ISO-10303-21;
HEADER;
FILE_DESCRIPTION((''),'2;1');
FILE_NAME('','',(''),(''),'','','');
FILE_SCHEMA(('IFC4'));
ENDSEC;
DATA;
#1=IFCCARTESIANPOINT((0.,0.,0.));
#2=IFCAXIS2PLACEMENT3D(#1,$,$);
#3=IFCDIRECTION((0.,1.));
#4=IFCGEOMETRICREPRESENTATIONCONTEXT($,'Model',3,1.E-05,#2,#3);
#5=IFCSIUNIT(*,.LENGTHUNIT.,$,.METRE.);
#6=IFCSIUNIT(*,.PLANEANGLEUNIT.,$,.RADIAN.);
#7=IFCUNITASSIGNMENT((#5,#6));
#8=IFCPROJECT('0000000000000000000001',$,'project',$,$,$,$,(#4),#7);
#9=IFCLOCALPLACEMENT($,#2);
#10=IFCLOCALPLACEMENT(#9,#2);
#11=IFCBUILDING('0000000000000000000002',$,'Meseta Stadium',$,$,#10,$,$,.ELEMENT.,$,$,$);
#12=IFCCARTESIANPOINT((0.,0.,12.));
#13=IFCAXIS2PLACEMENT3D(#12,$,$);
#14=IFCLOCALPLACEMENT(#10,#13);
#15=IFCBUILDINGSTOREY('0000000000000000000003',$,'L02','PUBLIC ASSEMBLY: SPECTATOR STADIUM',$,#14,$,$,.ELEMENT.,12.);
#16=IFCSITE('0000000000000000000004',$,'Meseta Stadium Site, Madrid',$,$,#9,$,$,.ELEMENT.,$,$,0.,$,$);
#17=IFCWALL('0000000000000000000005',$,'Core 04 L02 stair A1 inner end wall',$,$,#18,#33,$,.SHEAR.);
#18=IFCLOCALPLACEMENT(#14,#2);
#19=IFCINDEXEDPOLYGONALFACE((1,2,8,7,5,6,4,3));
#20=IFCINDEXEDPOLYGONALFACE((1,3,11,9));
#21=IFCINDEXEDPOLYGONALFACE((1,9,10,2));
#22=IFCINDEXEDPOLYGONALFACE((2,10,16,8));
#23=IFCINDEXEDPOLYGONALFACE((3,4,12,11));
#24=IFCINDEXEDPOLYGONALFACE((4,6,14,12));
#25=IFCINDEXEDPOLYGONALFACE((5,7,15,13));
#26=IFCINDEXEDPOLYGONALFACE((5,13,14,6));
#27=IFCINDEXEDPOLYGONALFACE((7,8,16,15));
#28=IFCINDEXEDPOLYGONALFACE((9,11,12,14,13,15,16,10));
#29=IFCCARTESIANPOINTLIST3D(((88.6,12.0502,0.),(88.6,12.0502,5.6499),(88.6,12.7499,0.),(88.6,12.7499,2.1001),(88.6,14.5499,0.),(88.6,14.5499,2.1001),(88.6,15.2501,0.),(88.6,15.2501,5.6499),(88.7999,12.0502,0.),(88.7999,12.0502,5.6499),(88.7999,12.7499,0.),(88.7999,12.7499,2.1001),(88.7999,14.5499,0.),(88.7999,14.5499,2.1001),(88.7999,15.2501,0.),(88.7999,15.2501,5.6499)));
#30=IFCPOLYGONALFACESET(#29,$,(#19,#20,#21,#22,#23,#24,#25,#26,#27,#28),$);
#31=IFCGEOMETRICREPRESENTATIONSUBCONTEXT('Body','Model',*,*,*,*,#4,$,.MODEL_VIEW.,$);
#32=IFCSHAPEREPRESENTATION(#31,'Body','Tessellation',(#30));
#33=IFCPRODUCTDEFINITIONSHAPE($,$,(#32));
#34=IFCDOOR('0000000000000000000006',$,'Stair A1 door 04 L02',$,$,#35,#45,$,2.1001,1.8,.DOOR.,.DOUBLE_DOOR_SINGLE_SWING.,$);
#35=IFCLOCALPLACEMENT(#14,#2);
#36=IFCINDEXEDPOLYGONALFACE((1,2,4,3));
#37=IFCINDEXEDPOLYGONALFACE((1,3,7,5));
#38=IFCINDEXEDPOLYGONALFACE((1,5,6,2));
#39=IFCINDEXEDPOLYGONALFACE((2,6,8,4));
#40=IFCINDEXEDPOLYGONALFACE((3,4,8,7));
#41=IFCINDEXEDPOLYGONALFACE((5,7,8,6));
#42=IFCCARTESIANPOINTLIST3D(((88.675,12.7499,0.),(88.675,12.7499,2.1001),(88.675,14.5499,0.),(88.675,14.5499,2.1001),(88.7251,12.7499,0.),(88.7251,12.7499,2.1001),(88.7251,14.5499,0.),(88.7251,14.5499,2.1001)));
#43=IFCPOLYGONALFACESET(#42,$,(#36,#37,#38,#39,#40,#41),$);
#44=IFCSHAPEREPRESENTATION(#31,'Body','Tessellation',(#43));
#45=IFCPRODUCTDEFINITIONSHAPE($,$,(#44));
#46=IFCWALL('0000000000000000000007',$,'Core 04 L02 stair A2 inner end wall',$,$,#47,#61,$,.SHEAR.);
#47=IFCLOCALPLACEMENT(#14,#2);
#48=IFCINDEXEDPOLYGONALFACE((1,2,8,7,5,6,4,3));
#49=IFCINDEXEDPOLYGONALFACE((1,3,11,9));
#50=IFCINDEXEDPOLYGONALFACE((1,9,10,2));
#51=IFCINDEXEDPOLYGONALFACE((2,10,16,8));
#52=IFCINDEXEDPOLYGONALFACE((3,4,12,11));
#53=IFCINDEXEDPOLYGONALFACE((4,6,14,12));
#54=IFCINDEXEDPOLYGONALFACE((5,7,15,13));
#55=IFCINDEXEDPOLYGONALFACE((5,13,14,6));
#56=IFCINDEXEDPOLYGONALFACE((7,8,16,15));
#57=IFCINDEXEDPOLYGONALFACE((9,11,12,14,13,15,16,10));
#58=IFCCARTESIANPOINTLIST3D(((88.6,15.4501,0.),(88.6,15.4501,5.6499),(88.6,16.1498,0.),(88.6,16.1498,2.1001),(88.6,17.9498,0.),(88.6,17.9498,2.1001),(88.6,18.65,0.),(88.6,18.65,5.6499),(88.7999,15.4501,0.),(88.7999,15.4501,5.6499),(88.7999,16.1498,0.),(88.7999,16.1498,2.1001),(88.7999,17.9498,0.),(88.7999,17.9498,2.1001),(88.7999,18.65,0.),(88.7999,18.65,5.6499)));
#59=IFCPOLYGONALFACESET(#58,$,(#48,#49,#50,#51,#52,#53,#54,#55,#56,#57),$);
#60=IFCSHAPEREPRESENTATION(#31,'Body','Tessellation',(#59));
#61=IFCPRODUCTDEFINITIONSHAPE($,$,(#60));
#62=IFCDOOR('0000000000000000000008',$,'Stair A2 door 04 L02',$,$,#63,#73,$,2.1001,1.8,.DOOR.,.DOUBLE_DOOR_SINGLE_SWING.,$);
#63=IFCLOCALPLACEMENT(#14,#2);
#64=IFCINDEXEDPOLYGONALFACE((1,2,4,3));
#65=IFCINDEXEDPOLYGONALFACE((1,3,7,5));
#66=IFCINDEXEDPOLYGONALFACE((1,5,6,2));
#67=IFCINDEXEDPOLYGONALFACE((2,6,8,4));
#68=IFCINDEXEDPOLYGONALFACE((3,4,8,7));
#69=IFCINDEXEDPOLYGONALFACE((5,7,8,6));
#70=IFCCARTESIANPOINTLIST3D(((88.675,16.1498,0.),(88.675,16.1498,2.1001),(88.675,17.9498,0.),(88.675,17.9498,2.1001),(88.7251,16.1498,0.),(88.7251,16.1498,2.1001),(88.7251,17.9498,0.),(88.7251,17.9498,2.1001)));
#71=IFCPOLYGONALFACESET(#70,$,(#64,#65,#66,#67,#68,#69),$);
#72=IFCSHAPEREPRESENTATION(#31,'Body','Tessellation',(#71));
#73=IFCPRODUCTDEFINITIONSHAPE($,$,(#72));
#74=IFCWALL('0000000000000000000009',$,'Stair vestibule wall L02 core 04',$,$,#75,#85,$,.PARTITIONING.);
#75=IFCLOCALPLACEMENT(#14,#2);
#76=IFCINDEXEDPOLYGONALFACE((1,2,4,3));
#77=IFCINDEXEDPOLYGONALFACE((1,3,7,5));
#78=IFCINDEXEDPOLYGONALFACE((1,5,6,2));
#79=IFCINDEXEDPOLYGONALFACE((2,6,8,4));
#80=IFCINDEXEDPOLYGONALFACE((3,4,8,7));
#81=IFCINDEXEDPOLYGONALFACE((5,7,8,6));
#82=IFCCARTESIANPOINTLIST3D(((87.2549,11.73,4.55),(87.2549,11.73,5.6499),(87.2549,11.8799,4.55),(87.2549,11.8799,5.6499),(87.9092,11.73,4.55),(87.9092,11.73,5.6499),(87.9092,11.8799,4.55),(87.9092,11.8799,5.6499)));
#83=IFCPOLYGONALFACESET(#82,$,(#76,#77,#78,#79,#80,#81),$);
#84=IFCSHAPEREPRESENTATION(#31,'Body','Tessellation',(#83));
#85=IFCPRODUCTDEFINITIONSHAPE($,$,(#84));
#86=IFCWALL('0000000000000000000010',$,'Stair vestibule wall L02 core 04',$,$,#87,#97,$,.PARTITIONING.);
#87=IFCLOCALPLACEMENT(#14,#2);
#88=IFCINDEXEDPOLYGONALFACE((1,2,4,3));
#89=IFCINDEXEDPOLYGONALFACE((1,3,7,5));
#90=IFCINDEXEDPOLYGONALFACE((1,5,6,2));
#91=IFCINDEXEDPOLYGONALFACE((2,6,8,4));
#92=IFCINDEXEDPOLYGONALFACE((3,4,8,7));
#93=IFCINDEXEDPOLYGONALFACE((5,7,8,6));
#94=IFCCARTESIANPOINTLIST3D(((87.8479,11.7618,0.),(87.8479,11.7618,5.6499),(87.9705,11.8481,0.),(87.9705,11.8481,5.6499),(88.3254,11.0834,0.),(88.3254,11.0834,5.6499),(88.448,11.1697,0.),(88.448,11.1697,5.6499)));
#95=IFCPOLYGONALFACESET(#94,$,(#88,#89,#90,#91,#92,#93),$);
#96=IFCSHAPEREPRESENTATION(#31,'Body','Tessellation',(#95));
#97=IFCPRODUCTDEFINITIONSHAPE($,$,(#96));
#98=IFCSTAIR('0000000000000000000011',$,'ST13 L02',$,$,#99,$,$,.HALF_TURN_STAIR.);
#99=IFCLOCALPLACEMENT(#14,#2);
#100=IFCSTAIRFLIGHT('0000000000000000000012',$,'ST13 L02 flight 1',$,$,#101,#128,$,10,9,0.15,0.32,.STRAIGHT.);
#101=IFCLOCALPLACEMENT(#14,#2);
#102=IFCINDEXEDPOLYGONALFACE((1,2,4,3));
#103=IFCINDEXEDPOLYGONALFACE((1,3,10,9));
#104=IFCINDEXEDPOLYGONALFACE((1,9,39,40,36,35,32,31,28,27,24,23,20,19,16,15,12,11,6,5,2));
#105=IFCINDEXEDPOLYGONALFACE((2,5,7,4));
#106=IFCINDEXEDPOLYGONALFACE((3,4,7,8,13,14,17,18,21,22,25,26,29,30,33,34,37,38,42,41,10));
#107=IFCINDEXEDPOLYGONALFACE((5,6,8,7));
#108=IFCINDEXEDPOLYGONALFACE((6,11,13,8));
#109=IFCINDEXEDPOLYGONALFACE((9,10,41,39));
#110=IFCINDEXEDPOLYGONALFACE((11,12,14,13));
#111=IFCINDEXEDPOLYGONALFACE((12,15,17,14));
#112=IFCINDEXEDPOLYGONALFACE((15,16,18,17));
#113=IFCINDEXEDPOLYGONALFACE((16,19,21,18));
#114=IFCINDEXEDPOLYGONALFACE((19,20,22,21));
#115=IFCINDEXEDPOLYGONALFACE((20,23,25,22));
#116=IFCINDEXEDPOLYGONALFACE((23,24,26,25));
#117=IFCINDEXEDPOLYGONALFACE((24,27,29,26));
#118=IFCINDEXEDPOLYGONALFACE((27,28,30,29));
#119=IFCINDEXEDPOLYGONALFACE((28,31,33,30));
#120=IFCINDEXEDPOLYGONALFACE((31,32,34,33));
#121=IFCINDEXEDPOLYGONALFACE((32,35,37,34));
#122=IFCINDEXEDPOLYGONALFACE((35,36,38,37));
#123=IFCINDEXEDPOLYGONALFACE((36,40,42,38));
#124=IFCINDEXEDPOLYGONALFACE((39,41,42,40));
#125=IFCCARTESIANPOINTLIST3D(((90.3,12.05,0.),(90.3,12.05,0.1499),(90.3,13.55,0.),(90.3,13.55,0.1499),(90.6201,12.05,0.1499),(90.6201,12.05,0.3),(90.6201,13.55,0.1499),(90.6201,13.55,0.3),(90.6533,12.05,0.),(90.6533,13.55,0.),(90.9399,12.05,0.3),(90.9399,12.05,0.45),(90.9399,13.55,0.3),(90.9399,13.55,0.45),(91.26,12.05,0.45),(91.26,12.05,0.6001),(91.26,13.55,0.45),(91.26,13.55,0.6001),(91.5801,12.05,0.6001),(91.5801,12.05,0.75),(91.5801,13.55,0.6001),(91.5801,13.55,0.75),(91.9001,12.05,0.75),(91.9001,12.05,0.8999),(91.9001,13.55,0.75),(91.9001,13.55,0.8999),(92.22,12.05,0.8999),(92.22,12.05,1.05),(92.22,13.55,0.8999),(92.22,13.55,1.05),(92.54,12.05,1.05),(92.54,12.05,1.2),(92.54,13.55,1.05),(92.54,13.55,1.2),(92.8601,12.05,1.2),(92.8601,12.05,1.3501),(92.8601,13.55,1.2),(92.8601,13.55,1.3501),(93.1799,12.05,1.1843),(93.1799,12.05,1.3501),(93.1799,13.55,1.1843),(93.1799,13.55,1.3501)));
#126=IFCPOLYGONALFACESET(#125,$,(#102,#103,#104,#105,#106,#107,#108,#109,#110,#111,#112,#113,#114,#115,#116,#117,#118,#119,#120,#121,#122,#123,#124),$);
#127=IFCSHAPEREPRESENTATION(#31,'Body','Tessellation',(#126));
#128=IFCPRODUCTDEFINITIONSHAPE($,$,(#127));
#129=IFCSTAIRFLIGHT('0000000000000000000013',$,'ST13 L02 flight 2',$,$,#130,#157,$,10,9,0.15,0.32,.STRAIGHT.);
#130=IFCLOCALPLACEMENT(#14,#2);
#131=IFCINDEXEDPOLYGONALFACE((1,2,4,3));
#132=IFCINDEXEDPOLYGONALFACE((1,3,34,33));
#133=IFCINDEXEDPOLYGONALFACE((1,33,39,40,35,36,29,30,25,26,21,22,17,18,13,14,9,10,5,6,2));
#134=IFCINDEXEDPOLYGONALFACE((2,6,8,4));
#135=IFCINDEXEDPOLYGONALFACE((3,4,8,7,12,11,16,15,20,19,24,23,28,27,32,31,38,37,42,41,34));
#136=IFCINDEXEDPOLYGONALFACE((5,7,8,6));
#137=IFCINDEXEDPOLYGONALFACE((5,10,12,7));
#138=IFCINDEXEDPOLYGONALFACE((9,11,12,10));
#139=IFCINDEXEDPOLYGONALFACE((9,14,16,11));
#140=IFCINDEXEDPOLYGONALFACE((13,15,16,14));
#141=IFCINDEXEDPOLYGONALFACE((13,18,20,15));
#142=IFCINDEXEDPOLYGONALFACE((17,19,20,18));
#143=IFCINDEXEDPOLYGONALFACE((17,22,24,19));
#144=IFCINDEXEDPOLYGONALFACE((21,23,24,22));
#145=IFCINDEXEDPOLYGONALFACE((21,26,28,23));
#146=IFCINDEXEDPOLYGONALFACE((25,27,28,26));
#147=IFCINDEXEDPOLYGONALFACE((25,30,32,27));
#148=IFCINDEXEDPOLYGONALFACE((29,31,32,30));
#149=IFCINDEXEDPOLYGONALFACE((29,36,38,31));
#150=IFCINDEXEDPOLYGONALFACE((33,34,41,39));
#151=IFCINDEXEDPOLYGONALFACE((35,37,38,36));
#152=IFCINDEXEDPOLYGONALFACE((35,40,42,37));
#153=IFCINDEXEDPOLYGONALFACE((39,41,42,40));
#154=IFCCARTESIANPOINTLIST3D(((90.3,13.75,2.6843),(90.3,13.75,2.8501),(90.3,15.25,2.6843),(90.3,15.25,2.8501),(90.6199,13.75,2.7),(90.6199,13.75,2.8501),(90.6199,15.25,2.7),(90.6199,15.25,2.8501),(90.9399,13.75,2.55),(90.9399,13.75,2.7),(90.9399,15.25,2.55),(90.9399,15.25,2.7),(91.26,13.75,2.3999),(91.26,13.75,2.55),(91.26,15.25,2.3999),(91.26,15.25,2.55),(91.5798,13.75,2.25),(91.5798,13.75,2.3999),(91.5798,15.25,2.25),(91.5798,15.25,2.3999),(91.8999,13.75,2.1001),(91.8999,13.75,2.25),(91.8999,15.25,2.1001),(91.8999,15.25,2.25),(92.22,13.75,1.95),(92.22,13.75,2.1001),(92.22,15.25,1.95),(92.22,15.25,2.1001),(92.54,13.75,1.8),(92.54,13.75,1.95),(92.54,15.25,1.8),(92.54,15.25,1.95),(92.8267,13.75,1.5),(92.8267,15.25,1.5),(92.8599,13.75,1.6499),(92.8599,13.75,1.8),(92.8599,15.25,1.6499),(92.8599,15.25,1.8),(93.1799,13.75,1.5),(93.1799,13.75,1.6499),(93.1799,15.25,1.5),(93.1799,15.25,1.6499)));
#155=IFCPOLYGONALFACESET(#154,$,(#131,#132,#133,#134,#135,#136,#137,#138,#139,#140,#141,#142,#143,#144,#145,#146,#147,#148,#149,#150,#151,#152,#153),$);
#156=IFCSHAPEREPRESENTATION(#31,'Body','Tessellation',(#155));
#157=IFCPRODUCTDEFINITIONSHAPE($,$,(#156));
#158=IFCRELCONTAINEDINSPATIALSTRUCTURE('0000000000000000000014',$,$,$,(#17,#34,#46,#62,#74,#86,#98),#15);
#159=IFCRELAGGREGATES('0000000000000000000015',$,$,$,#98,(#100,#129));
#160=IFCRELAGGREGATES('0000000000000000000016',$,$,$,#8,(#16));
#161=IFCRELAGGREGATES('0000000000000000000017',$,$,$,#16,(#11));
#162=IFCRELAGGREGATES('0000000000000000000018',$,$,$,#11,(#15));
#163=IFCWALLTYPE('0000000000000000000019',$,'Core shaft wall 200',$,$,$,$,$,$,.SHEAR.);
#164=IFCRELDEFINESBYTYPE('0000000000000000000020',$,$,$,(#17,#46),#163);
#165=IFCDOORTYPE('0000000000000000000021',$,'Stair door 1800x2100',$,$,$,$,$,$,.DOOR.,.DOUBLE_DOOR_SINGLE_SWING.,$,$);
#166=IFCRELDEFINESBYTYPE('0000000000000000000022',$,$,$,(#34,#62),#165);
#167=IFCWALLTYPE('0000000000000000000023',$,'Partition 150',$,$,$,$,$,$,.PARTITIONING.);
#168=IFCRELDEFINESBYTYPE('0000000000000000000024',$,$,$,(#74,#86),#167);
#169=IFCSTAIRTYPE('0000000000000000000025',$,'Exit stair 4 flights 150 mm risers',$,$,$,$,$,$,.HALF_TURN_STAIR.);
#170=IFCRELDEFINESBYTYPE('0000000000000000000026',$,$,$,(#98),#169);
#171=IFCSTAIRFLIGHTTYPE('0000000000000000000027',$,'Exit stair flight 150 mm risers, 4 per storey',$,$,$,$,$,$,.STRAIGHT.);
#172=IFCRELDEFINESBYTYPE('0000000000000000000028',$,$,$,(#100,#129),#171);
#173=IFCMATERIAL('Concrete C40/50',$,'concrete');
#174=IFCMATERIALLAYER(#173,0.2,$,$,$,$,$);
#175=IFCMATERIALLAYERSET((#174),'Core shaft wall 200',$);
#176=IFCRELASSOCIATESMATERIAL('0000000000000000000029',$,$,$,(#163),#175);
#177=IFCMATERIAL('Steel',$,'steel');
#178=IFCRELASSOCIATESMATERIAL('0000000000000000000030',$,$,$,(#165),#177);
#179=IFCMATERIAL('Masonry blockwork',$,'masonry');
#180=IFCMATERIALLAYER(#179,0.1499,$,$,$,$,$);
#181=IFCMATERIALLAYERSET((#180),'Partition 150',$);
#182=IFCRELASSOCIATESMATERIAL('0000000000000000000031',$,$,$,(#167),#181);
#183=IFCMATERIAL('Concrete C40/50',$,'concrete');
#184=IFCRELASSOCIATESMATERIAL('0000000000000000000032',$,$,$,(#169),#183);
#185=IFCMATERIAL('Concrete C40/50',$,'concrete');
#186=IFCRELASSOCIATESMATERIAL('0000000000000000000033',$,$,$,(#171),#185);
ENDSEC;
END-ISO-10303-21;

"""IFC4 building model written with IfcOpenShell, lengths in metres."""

from ifc_helpers import new_model, si_unit, direction, frame, frame_2d, origin, place, context, subcontext, project, spatial, polyline, rectangle, outline, extrude, material, layer, layer_set, type_object, element, fill, aggregate, save


model = new_model("IFC4")

# Units and contexts
model_context = context("Model", 3, precision=1e-05, world=origin(), true_north=direction((0.0, 1.0)))
body_context = subcontext(model_context, "Body", "Model", "MODEL_VIEW")
ifc_project = project(units=[si_unit("LENGTHUNIT", "METRE"), si_unit("PLANEANGLEUNIT", "RADIAN")], contexts=[model_context])

# Site, building, storey
site_placement = place(None, origin())
site = spatial("IfcSite", under=ifc_project, at=site_placement, Name="Meseta Stadium Site, Madrid", CompositionType="ELEMENT", RefElevation=0.0)
building_placement = place(site_placement, origin())
building = spatial("IfcBuilding", under=site, at=building_placement, Name="Meseta Stadium", CompositionType="ELEMENT")
storey_placement = place(building_placement, frame((0.0, 0.0, 12.0)))
storey = spatial("IfcBuildingStorey", under=building, at=storey_placement, Name="L02", Description="PUBLIC ASSEMBLY: SPECTATOR STADIUM", CompositionType="ELEMENT", Elevation=12.0)

# Walls, openings, doors
ifc_material_1 = material(Name="Concrete C40/50", Category="concrete")
ifc_layer_1 = layer(ifc_material_1, 0.2)
ifc_layer_set_1 = layer_set([ifc_layer_1], Name="Core shaft wall 200")
wall_type_1 = type_object("IfcWallType", Name="Core shaft wall 200", PredefinedType="SHEAR", material=ifc_layer_set_1)
wall_1_placement = place(storey_placement, frame((88.7, 12.05, 0.0), z_axis=(0.0, 0.0, 1.0), x_axis=(0.0, 1.0, 0.0)))
wall_1 = element("IfcWall", 1, at=wall_1_placement, inside=storey, type_object=wall_type_1, Name="Core 04 L02 stair A1 inner end wall", PredefinedType="SHEAR", context=body_context, shape_type="SweptSolid", body=[
    extrude(rectangle(XDim=3.2, YDim=0.2, at=frame_2d((1.6001, 0.0))), origin(), (0.0, 0.0, 1.0), 5.6499),
])
opening_1_placement = place(wall_1_placement, frame((0.7, 0.0, 0.0)))
opening_1 = element("IfcOpeningElement", 2, at=opening_1_placement, cuts=wall_1, PredefinedType="OPENING", context=body_context, shape_type="SweptSolid", body=[
    extrude(rectangle(XDim=1.8, YDim=2.1001, at=frame_2d((0.8999, 1.05))), frame((0.0, 0.1099, 0.0), z_axis=(0.0, -1.0, 0.0), x_axis=(1.0, 0.0, 0.0)), (0.0, 0.0, 1.0), 0.22),
])
ifc_material_2 = material(Name="Steel", Category="steel")
door_type = type_object("IfcDoorType", Name="Stair door 1800x2100", OperationType="DOUBLE_DOOR_SINGLE_SWING", PredefinedType="DOOR", material=ifc_material_2)
door_1_placement = place(opening_1_placement, origin())
door_1 = element("IfcDoor", 3, at=door_1_placement, inside=storey, type_object=door_type, Name="Stair A1 door 04 L02", OperationType="DOUBLE_DOOR_SINGLE_SWING", OverallHeight=2.1001, OverallWidth=1.8, PredefinedType="DOOR", context=body_context, shape_type="SweptSolid", body=[
    extrude(rectangle(XDim=1.8, YDim=2.1001, at=frame_2d((0.8999, 1.05))), frame((0.0, 0.0249, 0.0), z_axis=(0.0, -1.0, 0.0), x_axis=(1.0, 0.0, 0.0)), (0.0, 0.0, 1.0), 0.05),
])
fill(opening_1, door_1)
wall_2_placement = place(storey_placement, frame((88.7, 15.45, 0.0), z_axis=(0.0, 0.0, 1.0), x_axis=(0.0, 1.0, 0.0)))
wall_2 = element("IfcWall", 4, at=wall_2_placement, inside=storey, type_object=wall_type_1, Name="Core 04 L02 stair A2 inner end wall", PredefinedType="SHEAR", context=body_context, shape_type="SweptSolid", body=[
    extrude(rectangle(XDim=3.2, YDim=0.2, at=frame_2d((1.6001, 0.0))), origin(), (0.0, 0.0, 1.0), 5.6499),
])
opening_2_placement = place(wall_2_placement, frame((0.7, 0.0, 0.0)))
opening_2 = element("IfcOpeningElement", 5, at=opening_2_placement, cuts=wall_2, PredefinedType="OPENING", context=body_context, shape_type="SweptSolid", body=[
    extrude(rectangle(XDim=1.8, YDim=2.1001, at=frame_2d((0.8999, 1.05))), frame((0.0, 0.1099, 0.0), z_axis=(0.0, -1.0, 0.0), x_axis=(1.0, 0.0, 0.0)), (0.0, 0.0, 1.0), 0.22),
])
door_2_placement = place(opening_2_placement, origin())
door_2 = element("IfcDoor", 6, at=door_2_placement, inside=storey, type_object=door_type, Name="Stair A2 door 04 L02", OperationType="DOUBLE_DOOR_SINGLE_SWING", OverallHeight=2.1001, OverallWidth=1.8, PredefinedType="DOOR", context=body_context, shape_type="SweptSolid", body=[
    extrude(rectangle(XDim=1.8, YDim=2.1001, at=frame_2d((0.8999, 1.05))), frame((0.0, 0.0249, 0.0), z_axis=(0.0, -1.0, 0.0), x_axis=(1.0, 0.0, 0.0)), (0.0, 0.0, 1.0), 0.05),
])
fill(opening_2, door_2)

# Walls
ifc_material_3 = material(Name="Masonry blockwork", Category="masonry")
ifc_layer_2 = layer(ifc_material_3, 0.1499)
ifc_layer_set_2 = layer_set([ifc_layer_2], Name="Partition 150")
wall_type_2 = type_object("IfcWallType", Name="Partition 150", PredefinedType="PARTITIONING", material=ifc_layer_set_2)
wall_3_placement = place(storey_placement, frame((87.2549, 11.8049, 4.55), z_axis=(0.0, 0.0, 1.0), x_axis=(1.0, 0.0, 0.0)))
element("IfcWall", 7, at=wall_3_placement, inside=storey, type_object=wall_type_2, Name="Stair vestibule wall L02 core 04", PredefinedType="PARTITIONING", context=body_context, shape_type="SweptSolid", body=[
    extrude(rectangle(XDim=0.6543, YDim=0.1499, at=frame_2d((0.3271, 0.0))), origin(), (0.0, 0.0, 1.0), 1.0999),
])
wall_4_placement = place(storey_placement, frame((87.9092, 11.8049, 0.0), z_axis=(0.0, 0.0, 1.0), x_axis=(0.575574, -0.81775, 0.0)))
element("IfcWall", 8, at=wall_4_placement, inside=storey, type_object=wall_type_2, Name="Stair vestibule wall L02 core 04", PredefinedType="PARTITIONING", context=body_context, shape_type="SweptSolid", body=[
    extrude(rectangle(XDim=0.8296, YDim=0.1499, at=frame_2d((0.4148, 0.0))), origin(), (0.0, 0.0, 1.0), 5.6499),
])

# Stair, stair flights
ifc_material_4 = material(Name="Concrete C40/50", Category="concrete")
stair_type = type_object("IfcStairType", Name="Exit stair 4 flights 150 mm risers", PredefinedType="HALF_TURN_STAIR", material=ifc_material_4)
stair_placement = place(storey_placement, origin())
stair = element("IfcStair", 9, at=stair_placement, inside=storey, type_object=stair_type, Name="ST13 L02", PredefinedType="HALF_TURN_STAIR")
ifc_material_5 = material(Name="Concrete C40/50", Category="concrete")
stair_flight_type = type_object("IfcStairFlightType", Name="Exit stair flight 150 mm risers, 4 per storey", PredefinedType="STRAIGHT", material=ifc_material_5)
stair_flight_1_placement = place(storey_placement, frame((90.3, 12.8, 0.0), z_axis=(0.0, 0.0, 1.0), x_axis=(1.0, 0.0, 0.0)))
stair_flight_1 = element("IfcStairFlight", 10, at=stair_flight_1_placement, type_object=stair_flight_type, Name="ST13 L02 flight 1", NumberOfRisers=10, NumberOfTreads=9, PredefinedType="STRAIGHT", RiserHeight=0.15, TreadLength=0.32, context=body_context, shape_type="SweptSolid", body=[
    extrude(outline(polyline([(0.0, 0.0), (0.0, 0.1499), (0.3201, 0.1499), (0.3201, 0.3), (0.6399, 0.3), (0.6399, 0.45), (0.96, 0.45), (0.96, 0.6001), (1.28, 0.6001), (1.28, 0.75), (1.6001, 0.75), (1.6001, 0.8999), (1.9199, 0.8999), (1.9199, 1.05), (2.24, 1.05), (2.24, 1.2), (2.5601, 1.2), (2.5601, 1.3501), (2.8799, 1.3501), (2.8799, 1.1843), (0.3533, 0.0), (0.0, 0.0)])), frame((0.0, 0.75, 0.0), z_axis=(0.0, -1.0, 0.0), x_axis=(1.0, 0.0, 0.0)), (0.0, 0.0, 1.0), 1.5),
])
stair_flight_2_placement = place(storey_placement, frame((93.1799, 14.5, 1.5), z_axis=(0.0, 0.0, 1.0), x_axis=(-1.0, 0.0, 0.0)))
stair_flight_2 = element("IfcStairFlight", 11, at=stair_flight_2_placement, type_object=stair_flight_type, Name="ST13 L02 flight 2", NumberOfRisers=10, NumberOfTreads=9, PredefinedType="STRAIGHT", RiserHeight=0.15, TreadLength=0.32, context=body_context, shape_type="SweptSolid", body=[
    extrude(outline(polyline([(0.0, 0.0), (0.0, 0.1499), (0.3201, 0.1499), (0.3201, 0.3), (0.6399, 0.3), (0.6399, 0.45), (0.96, 0.45), (0.96, 0.6001), (1.28, 0.6001), (1.28, 0.75), (1.6001, 0.75), (1.6001, 0.8999), (1.9199, 0.8999), (1.9199, 1.05), (2.24, 1.05), (2.24, 1.2), (2.5601, 1.2), (2.5601, 1.3501), (2.8799, 1.3501), (2.8799, 1.1843), (0.3533, 0.0), (0.0, 0.0)])), frame((0.0, 0.75, 0.0), z_axis=(0.0, -1.0, 0.0), x_axis=(1.0, 0.0, 0.0)), (0.0, 0.0, 1.0), 1.5),
])
aggregate(stair, [stair_flight_1, stair_flight_2])

save(model, "model.ifc")
